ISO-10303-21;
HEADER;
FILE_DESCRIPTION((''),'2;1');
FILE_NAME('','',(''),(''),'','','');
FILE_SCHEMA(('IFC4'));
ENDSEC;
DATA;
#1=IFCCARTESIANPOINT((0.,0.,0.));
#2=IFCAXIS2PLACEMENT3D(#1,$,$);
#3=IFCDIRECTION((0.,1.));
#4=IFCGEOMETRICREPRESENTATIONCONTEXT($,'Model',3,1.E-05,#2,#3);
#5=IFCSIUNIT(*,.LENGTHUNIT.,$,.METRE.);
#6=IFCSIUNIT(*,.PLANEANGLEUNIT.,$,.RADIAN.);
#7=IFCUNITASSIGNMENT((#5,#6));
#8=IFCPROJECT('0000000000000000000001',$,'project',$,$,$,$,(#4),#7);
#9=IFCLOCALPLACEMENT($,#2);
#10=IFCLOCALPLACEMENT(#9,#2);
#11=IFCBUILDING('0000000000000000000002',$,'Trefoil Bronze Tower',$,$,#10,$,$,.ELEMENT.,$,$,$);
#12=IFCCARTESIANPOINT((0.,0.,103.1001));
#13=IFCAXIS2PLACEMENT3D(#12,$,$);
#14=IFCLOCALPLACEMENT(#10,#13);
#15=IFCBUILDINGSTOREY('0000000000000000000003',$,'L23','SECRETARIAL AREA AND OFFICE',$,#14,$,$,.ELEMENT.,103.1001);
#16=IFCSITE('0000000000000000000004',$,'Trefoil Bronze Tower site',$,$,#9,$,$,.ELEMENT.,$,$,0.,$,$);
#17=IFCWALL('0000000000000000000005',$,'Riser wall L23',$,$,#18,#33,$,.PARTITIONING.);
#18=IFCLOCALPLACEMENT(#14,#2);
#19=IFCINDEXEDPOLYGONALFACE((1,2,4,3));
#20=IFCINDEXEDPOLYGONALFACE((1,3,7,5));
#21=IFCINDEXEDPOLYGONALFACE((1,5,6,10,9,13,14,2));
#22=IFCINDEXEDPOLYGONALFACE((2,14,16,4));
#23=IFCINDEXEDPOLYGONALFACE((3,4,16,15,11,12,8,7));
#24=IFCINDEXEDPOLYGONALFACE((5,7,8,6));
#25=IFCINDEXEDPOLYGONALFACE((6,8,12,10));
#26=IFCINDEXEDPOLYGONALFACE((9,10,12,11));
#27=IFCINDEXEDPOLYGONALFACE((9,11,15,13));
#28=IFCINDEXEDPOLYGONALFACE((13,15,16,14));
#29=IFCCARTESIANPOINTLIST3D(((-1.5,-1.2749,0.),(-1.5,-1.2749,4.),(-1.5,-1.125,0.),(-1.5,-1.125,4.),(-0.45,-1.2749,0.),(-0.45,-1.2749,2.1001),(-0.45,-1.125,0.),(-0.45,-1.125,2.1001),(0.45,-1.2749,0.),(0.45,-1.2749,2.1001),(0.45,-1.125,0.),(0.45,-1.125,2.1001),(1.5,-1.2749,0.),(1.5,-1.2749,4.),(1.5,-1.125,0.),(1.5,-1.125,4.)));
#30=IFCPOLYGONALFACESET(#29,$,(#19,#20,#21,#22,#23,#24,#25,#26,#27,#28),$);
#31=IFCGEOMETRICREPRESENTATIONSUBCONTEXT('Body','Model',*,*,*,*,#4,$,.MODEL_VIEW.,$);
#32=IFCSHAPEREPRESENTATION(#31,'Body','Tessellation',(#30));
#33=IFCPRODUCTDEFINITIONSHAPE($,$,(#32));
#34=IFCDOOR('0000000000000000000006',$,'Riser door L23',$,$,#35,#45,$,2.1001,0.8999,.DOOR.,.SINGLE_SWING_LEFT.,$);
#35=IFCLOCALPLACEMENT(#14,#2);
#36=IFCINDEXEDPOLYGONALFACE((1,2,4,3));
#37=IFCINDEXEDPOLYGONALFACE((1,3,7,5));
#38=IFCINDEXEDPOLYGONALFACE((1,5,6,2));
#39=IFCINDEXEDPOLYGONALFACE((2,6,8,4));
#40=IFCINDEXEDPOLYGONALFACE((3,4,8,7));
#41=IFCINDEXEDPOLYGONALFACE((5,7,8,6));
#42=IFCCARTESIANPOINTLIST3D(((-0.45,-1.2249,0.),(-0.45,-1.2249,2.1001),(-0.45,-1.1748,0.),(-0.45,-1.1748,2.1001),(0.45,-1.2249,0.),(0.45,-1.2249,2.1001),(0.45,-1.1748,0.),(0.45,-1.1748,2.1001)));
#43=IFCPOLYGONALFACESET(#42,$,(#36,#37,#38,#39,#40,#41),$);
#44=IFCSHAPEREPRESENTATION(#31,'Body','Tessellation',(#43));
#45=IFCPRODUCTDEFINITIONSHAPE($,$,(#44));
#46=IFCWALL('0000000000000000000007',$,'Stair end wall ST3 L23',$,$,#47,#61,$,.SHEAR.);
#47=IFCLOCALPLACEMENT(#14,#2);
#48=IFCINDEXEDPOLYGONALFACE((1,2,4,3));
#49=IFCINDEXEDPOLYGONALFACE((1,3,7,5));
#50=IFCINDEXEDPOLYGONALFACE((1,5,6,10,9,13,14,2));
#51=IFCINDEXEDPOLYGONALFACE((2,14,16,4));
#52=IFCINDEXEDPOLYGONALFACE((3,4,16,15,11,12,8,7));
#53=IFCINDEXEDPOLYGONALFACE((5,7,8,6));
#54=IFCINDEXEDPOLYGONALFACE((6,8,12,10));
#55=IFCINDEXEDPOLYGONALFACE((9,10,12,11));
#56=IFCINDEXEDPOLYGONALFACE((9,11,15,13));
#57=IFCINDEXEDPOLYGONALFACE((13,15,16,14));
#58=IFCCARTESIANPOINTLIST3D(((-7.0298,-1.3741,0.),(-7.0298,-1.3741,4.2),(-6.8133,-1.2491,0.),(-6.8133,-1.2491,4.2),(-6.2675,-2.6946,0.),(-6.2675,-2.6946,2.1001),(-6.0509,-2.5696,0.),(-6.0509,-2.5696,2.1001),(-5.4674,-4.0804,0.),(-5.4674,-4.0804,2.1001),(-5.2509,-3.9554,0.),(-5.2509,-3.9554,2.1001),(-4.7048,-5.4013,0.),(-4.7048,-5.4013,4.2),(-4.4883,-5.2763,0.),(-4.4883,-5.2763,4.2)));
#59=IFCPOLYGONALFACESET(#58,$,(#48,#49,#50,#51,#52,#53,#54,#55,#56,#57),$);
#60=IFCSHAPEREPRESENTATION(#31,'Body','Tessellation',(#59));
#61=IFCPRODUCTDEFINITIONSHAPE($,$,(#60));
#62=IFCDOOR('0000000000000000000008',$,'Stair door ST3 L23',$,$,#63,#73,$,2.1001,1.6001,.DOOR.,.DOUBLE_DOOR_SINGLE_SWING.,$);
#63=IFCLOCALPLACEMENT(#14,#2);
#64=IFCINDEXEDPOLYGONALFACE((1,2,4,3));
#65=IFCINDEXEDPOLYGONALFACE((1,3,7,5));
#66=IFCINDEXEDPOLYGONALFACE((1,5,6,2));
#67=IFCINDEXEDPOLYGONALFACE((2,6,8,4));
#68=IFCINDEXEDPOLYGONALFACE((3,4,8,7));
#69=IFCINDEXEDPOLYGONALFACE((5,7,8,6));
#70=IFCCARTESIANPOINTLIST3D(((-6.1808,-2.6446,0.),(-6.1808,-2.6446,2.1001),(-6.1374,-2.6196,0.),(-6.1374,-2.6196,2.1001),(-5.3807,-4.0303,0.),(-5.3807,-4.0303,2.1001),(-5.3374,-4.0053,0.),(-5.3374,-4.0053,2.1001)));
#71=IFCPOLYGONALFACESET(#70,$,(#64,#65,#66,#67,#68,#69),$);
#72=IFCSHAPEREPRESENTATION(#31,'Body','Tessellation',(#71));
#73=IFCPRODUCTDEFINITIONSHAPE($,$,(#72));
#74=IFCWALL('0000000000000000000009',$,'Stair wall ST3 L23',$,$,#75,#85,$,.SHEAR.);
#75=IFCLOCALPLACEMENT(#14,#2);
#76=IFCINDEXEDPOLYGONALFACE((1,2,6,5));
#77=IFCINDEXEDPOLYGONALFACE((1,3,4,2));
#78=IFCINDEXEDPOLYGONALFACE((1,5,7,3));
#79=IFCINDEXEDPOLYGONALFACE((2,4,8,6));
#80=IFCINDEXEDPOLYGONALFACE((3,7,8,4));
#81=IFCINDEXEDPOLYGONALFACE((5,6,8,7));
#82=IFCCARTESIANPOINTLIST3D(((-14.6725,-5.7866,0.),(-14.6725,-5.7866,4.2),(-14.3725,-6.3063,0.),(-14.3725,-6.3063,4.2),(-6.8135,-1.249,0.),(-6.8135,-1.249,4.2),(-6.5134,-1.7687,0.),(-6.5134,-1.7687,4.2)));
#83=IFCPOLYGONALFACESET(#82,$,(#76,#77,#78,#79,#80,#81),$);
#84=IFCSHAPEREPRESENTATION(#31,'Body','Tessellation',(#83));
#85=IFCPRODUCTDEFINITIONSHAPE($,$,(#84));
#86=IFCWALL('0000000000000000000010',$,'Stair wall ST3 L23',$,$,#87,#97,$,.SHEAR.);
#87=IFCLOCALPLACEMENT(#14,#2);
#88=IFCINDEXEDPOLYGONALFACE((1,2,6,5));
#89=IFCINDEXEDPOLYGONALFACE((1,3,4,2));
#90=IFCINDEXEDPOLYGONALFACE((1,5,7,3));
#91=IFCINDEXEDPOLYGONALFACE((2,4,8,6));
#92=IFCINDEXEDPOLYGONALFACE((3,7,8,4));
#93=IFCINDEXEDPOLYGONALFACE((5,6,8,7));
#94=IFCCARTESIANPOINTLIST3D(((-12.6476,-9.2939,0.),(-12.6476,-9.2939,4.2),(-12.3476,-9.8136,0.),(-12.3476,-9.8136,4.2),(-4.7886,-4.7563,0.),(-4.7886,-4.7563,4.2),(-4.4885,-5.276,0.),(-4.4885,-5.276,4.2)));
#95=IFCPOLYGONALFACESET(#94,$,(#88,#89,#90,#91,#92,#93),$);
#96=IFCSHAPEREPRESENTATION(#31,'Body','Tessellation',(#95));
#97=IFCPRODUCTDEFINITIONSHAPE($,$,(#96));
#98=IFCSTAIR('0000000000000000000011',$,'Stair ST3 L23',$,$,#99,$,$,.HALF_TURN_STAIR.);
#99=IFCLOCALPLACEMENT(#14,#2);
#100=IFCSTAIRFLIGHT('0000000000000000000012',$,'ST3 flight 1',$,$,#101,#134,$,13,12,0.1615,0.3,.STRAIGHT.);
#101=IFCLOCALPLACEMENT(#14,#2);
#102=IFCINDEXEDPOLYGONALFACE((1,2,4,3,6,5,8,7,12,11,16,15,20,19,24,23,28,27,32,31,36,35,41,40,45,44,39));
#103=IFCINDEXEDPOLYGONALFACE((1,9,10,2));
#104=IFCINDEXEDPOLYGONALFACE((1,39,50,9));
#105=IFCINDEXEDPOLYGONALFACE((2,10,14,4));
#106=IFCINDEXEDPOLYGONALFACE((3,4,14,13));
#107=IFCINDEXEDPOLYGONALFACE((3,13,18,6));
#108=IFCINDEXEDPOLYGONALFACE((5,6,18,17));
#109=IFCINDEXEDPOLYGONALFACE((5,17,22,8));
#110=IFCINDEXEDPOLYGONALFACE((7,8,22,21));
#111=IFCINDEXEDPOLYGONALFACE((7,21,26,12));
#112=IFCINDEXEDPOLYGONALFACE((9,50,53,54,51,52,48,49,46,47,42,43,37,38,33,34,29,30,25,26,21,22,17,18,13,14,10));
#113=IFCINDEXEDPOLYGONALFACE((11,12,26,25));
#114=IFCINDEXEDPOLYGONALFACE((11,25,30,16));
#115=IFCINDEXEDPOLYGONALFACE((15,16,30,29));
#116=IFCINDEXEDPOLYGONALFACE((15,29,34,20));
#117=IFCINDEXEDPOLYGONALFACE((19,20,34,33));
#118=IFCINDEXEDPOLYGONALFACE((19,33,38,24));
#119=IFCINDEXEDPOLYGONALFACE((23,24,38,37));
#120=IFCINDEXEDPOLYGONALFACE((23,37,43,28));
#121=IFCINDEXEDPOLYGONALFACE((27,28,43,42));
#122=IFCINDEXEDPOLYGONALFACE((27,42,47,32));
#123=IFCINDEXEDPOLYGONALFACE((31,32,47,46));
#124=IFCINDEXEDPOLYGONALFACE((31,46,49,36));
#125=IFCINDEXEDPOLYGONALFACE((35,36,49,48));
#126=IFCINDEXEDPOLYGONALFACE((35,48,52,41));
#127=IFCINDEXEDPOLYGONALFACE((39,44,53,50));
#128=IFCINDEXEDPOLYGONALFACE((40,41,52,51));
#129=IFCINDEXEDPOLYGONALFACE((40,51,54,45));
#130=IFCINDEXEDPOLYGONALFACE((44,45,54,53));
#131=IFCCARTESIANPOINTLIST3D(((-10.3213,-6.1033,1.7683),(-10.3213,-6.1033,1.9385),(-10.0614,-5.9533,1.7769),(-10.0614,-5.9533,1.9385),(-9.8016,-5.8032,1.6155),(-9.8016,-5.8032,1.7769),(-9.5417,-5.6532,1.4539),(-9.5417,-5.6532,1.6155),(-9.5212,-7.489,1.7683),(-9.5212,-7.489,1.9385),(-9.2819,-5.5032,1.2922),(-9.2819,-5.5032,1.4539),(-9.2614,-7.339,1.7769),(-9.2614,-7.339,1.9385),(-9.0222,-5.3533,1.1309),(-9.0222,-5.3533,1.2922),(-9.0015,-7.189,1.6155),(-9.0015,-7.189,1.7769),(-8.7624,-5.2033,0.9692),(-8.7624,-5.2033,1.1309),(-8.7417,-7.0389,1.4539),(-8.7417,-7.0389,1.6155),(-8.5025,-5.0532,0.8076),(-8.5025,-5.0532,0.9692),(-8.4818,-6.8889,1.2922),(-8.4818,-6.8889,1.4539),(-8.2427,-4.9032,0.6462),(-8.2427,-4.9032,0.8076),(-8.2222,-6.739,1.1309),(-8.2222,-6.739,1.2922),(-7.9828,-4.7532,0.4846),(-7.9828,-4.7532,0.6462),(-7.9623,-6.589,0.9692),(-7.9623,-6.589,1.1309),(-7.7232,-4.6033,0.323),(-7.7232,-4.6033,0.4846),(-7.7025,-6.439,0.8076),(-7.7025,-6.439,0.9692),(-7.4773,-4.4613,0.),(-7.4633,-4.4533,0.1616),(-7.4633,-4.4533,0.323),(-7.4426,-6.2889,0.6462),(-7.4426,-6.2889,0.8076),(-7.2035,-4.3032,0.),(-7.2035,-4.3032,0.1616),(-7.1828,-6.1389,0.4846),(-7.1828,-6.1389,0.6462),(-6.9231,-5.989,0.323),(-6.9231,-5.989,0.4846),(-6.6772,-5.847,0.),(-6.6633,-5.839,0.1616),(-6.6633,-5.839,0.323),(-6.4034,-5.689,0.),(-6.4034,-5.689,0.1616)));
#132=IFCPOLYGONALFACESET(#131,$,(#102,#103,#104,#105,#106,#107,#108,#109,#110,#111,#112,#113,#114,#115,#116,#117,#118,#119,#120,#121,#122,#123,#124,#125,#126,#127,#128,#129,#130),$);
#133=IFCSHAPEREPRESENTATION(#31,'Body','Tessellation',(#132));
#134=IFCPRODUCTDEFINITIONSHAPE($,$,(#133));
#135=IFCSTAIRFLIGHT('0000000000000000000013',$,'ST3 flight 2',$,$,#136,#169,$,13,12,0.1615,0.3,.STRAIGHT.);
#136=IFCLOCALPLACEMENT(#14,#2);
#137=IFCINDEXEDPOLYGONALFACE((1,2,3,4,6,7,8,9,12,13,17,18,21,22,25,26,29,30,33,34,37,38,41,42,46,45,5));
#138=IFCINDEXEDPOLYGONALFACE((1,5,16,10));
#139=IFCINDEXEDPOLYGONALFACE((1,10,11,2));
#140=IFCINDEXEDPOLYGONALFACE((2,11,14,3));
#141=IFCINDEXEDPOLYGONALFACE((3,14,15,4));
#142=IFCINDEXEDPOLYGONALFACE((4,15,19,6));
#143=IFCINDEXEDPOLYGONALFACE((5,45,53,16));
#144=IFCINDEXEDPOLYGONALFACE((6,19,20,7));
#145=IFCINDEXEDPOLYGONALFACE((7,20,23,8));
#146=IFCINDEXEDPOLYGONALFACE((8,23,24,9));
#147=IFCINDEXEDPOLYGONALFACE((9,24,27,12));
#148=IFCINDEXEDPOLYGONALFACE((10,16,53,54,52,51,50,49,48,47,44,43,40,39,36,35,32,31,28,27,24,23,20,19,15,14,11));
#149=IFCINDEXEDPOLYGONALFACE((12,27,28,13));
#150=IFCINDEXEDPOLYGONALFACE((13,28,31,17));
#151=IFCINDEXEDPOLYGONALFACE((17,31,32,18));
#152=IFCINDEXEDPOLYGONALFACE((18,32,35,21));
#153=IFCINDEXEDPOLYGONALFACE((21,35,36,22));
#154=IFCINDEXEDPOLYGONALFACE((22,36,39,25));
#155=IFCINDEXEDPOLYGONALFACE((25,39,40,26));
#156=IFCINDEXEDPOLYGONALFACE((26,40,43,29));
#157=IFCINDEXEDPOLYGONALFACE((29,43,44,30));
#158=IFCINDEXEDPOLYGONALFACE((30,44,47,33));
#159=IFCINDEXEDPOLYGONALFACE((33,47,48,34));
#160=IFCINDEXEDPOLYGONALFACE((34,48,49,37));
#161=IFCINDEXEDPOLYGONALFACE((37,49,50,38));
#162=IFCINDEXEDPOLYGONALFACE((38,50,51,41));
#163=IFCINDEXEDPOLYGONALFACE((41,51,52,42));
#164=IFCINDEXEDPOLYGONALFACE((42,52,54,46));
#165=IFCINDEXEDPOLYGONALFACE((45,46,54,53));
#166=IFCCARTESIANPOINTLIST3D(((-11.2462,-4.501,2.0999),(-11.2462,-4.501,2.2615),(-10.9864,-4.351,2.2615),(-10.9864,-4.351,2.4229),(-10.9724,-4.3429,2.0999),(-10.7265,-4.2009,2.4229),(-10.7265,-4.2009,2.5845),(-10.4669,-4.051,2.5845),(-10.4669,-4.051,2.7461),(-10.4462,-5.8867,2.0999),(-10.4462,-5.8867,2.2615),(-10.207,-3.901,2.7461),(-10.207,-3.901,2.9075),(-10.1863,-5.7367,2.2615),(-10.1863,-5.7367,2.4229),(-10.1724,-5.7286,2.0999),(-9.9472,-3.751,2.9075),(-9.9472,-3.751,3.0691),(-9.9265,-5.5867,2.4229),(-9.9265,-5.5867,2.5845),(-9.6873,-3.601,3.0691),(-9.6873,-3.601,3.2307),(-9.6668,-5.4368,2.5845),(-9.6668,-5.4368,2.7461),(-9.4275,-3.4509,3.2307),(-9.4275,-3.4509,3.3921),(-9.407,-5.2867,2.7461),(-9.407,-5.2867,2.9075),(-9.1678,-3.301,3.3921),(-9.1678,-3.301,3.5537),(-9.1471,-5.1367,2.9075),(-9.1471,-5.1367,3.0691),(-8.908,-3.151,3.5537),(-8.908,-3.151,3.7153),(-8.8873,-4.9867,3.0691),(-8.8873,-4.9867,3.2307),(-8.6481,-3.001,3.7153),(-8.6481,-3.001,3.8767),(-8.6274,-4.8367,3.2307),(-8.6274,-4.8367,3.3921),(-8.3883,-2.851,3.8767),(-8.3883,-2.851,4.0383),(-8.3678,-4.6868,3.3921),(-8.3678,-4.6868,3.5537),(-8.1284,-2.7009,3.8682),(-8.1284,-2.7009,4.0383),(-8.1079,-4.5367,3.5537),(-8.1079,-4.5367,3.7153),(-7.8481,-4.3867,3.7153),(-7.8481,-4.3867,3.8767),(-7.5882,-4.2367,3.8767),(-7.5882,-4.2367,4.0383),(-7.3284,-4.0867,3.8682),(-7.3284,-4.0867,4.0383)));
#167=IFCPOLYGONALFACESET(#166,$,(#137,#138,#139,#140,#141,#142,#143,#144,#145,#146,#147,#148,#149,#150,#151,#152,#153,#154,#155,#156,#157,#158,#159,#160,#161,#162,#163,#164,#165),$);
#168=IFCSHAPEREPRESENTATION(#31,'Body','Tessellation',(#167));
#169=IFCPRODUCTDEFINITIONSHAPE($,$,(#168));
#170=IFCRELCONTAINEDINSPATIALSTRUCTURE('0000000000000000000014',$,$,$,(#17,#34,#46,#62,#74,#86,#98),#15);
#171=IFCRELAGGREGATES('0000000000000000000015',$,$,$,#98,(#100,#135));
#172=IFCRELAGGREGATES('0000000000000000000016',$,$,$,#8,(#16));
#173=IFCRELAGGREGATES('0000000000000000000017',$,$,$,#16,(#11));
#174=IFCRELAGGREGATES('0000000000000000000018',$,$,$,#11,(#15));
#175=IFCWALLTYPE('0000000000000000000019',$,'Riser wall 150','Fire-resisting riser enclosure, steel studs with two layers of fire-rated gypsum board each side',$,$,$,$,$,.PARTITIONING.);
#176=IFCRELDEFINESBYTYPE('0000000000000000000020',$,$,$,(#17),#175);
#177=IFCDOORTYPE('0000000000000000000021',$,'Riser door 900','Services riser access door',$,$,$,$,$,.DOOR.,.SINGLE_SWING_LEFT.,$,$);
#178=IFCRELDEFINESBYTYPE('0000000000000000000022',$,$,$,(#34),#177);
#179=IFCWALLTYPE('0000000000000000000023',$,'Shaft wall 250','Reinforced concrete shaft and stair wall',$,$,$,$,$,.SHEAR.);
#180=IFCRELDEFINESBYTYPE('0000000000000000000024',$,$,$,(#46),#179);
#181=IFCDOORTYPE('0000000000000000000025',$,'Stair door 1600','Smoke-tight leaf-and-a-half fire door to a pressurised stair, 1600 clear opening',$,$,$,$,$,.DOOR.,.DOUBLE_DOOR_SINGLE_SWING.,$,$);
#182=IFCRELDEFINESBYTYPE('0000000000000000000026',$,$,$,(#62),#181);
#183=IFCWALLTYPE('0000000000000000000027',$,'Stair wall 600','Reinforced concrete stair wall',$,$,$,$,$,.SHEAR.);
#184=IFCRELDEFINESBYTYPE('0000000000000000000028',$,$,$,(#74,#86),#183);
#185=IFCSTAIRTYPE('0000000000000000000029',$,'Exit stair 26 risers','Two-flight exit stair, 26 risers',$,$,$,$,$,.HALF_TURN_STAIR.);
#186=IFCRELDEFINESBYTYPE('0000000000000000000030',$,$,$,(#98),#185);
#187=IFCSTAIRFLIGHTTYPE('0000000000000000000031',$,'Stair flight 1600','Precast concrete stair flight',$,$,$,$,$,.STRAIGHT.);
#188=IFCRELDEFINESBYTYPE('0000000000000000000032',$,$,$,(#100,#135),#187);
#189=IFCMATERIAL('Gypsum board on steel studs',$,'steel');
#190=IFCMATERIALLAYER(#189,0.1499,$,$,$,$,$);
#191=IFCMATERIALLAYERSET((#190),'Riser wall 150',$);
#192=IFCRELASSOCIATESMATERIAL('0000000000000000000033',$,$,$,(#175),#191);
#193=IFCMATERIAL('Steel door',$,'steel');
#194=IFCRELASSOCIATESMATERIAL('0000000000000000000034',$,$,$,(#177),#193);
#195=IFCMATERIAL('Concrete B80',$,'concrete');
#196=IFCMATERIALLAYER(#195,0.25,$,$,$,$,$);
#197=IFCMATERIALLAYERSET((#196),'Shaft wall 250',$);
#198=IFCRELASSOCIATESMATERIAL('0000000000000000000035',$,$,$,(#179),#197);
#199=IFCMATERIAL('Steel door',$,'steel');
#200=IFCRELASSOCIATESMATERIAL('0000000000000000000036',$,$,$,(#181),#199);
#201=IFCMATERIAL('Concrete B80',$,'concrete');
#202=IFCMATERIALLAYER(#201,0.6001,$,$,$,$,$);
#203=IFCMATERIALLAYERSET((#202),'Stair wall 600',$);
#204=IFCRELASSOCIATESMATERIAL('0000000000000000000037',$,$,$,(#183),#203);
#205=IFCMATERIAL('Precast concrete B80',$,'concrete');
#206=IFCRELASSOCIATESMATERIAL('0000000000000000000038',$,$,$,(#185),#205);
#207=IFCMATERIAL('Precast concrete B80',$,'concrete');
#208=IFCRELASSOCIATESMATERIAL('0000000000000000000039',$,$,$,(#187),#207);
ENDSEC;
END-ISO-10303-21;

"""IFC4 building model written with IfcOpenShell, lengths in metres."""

from ifc_helpers import new_model, si_unit, direction, frame, frame_2d, origin, place, context, subcontext, project, spatial, polyline, rectangle, outline, extrude, material, layer, layer_set, type_object, element, fill, aggregate, save


model = new_model("IFC4")

# Units and contexts
model_context = context("Model", 3, precision=1e-05, world=origin(), true_north=direction((0.0, 1.0)))
body_context = subcontext(model_context, "Body", "Model", "MODEL_VIEW")
ifc_project = project(units=[si_unit("LENGTHUNIT", "METRE"), si_unit("PLANEANGLEUNIT", "RADIAN")], contexts=[model_context])

# Site, building, storey
site_placement = place(None, origin())
site = spatial("IfcSite", under=ifc_project, at=site_placement, Name="Trefoil Bronze Tower site", CompositionType="ELEMENT", RefElevation=0.0)
building_placement = place(site_placement, origin())
building = spatial("IfcBuilding", under=site, at=building_placement, Name="Trefoil Bronze Tower", CompositionType="ELEMENT")
storey_placement = place(building_placement, frame((0.0, 0.0, 103.1001)))
storey = spatial("IfcBuildingStorey", under=building, at=storey_placement, Name="L23", Description="SECRETARIAL AREA AND OFFICE", CompositionType="ELEMENT", Elevation=103.1001)

# Walls, openings, doors
ifc_material_1 = material(Name="Gypsum board on steel studs", Category="steel")
ifc_layer_1 = layer(ifc_material_1, 0.1499)
ifc_layer_set_1 = layer_set([ifc_layer_1], Name="Riser wall 150")
wall_type_1 = type_object("IfcWallType", Name="Riser wall 150", Description="Fire-resisting riser enclosure, steel studs with two layers of fire-rated gypsum board each side", PredefinedType="PARTITIONING", material=ifc_layer_set_1)
wall_1_placement = place(storey_placement, frame((-1.5, -1.2, 0.0), z_axis=(0.0, 0.0, 1.0), x_axis=(1.0, 0.0, 0.0)))
wall_1 = element("IfcWall", 1, at=wall_1_placement, inside=storey, type_object=wall_type_1, Name="Riser wall L23", PredefinedType="PARTITIONING", context=body_context, shape_type="SweptSolid", body=[
    extrude(rectangle(XDim=3.0, YDim=0.1499, at=frame_2d((1.5, 0.0))), origin(), (0.0, 0.0, 1.0), 4.0),
])
opening_1_placement = place(wall_1_placement, frame((1.05, 0.0, 0.0)))
opening_1 = element("IfcOpeningElement", 2, at=opening_1_placement, cuts=wall_1, PredefinedType="OPENING", context=body_context, shape_type="SweptSolid", body=[
    extrude(rectangle(XDim=0.8999, YDim=2.1001, at=frame_2d((0.45, 1.05))), frame((0.0, 0.085, 0.0), z_axis=(0.0, -1.0, 0.0), x_axis=(1.0, 0.0, 0.0)), (0.0, 0.0, 1.0), 0.1699),
])
ifc_material_2 = material(Name="Steel door", Category="steel")
door_type_1 = type_object("IfcDoorType", Name="Riser door 900", Description="Services riser access door", OperationType="SINGLE_SWING_LEFT", PredefinedType="DOOR", material=ifc_material_2)
door_1_placement = place(opening_1_placement, frame((0.8999, 0.0, 0.0), z_axis=(0.0, 0.0, 1.0), x_axis=(-1.0, 0.0, 0.0)))
door_1 = element("IfcDoor", 3, at=door_1_placement, inside=storey, type_object=door_type_1, Name="Riser door L23", OperationType="SINGLE_SWING_LEFT", OverallHeight=2.1001, OverallWidth=0.8999, PredefinedType="DOOR", context=body_context, shape_type="SweptSolid", body=[
    extrude(rectangle(XDim=0.8999, YDim=2.1001, at=frame_2d((0.45, 1.05))), frame((0.0, 0.0249, 0.0), z_axis=(0.0, -1.0, 0.0), x_axis=(1.0, 0.0, 0.0)), (0.0, 0.0, 1.0), 0.05),
])
fill(opening_1, door_1)
ifc_material_3 = material(Name="Concrete B80", Category="concrete")
ifc_layer_2 = layer(ifc_material_3, 0.25)
ifc_layer_set_2 = layer_set([ifc_layer_2], Name="Shaft wall 250")
wall_type_2 = type_object("IfcWallType", Name="Shaft wall 250", Description="Reinforced concrete shaft and stair wall", PredefinedType="SHEAR", material=ifc_layer_set_2)
wall_2_placement = place(storey_placement, frame((-6.9216, -1.3115, 0.0), z_axis=(0.0, 0.0, 1.0), x_axis=(0.499985, -0.866034, 0.0)))
wall_2 = element("IfcWall", 4, at=wall_2_placement, inside=storey, type_object=wall_type_2, Name="Stair end wall ST3 L23", PredefinedType="SHEAR", context=body_context, shape_type="SweptSolid", body=[
    extrude(rectangle(XDim=4.6501, YDim=0.25, at=frame_2d((2.3252, 0.0))), origin(), (0.0, 0.0, 1.0), 4.2),
])
opening_2_placement = place(wall_2_placement, frame((1.5249, 0.0, 0.0)))
opening_2 = element("IfcOpeningElement", 5, at=opening_2_placement, cuts=wall_2, PredefinedType="OPENING", context=body_context, shape_type="SweptSolid", body=[
    extrude(rectangle(XDim=1.6001, YDim=2.1001, at=frame_2d((0.8, 1.05))), frame((0.0, 0.135, 0.0), z_axis=(0.0, -1.0, 0.0), x_axis=(1.0, 0.0, 0.0)), (0.0, 0.0, 1.0), 0.27),
])
ifc_material_4 = material(Name="Steel door", Category="steel")
door_type_2 = type_object("IfcDoorType", Name="Stair door 1600", Description="Smoke-tight leaf-and-a-half fire door to a pressurised stair, 1600 clear opening", OperationType="DOUBLE_DOOR_SINGLE_SWING", PredefinedType="DOOR", material=ifc_material_4)
door_2_placement = place(opening_2_placement, frame((1.6001, 0.0, 0.0), z_axis=(0.0, 0.0, 1.0), x_axis=(-1.0, 0.0, 0.0)))
door_2 = element("IfcDoor", 6, at=door_2_placement, inside=storey, type_object=door_type_2, Name="Stair door ST3 L23", OperationType="DOUBLE_DOOR_SINGLE_SWING", OverallHeight=2.1001, OverallWidth=1.6001, PredefinedType="DOOR", context=body_context, shape_type="SweptSolid", body=[
    extrude(rectangle(XDim=1.6001, YDim=2.1001, at=frame_2d((0.8, 1.05))), frame((0.0, 0.0249, 0.0), z_axis=(0.0, -1.0, 0.0), x_axis=(1.0, 0.0, 0.0)), (0.0, 0.0, 1.0), 0.05),
])
fill(opening_2, door_2)

# Walls
ifc_material_5 = material(Name="Concrete B80", Category="concrete")
ifc_layer_3 = layer(ifc_material_5, 0.6001)
ifc_layer_set_3 = layer_set([ifc_layer_3], Name="Stair wall 600")
wall_type_3 = type_object("IfcWallType", Name="Stair wall 600", Description="Reinforced concrete stair wall", PredefinedType="SHEAR", material=ifc_layer_set_3)
for number, where, z_axis, x_axis, name in (
    (7, (-6.6633, -1.5088, 0.0), (0.0, 0.0, 1.0), (-0.866019, -0.50001, 0.0), "Stair wall ST3 L23"),
    (8, (-4.6384, -5.0161, 0.0), (0.0, 0.0, 1.0), (-0.866019, -0.50001, 0.0), "Stair wall ST3 L23"),
):
    element("IfcWall", number, at=place(storey_placement, frame(where, z_axis=z_axis, x_axis=x_axis)), inside=storey, type_object=wall_type_3, Name=name, PredefinedType="SHEAR", context=body_context, shape_type="SweptSolid", body=[
        extrude(rectangle(XDim=9.075, YDim=0.6001, at=frame_2d((4.5376, 0.0))), origin(), (0.0, 0.0, 1.0), 4.2),
    ])

# Stair, stair flights
ifc_material_6 = material(Name="Precast concrete B80", Category="concrete")
stair_type = type_object("IfcStairType", Name="Exit stair 26 risers", Description="Two-flight exit stair, 26 risers", PredefinedType="HALF_TURN_STAIR", material=ifc_material_6)
stair_placement = place(storey_placement, origin())
stair = element("IfcStair", 9, at=stair_placement, inside=storey, type_object=stair_type, Name="Stair ST3 L23", PredefinedType="HALF_TURN_STAIR")
ifc_material_7 = material(Name="Precast concrete B80", Category="concrete")
stair_flight_type = type_object("IfcStairFlightType", Name="Stair flight 1600", Description="Precast concrete stair flight", PredefinedType="STRAIGHT", material=ifc_material_7)
stair_flight_1_placement = place(storey_placement, frame((-6.8035, -4.9961, 0.0), z_axis=(0.0, 0.0, 1.0), x_axis=(-0.866025, -0.5, 0.0)))
stair_flight_1 = element("IfcStairFlight", 10, at=stair_flight_1_placement, type_object=stair_flight_type, Name="ST3 flight 1", NumberOfRisers=13, NumberOfTreads=12, PredefinedType="STRAIGHT", RiserHeight=0.1615, TreadLength=0.3, context=body_context, shape_type="SweptSolid", body=[
    extrude(outline(polyline([(0.0, 0.0), (0.0, 0.1616), (0.3, 0.1616), (0.3, 0.323), (0.6001, 0.323), (0.6001, 0.4846), (0.8999, 0.4846), (0.8999, 0.6462), (1.2, 0.6462), (1.2, 0.8076), (1.5, 0.8076), (1.5, 0.9692), (1.8, 0.9692), (1.8, 1.1309), (2.1001, 1.1309), (2.1001, 1.2922), (2.3999, 1.2922), (2.3999, 1.4539), (2.7, 1.4539), (2.7, 1.6155), (3.0, 1.6155), (3.0, 1.7769), (3.3, 1.7769), (3.3, 1.9385), (3.6001, 1.9385), (3.6001, 2.1001), (3.6001, 1.7683), (0.3162, 0.0), (0.0, 0.0)])), frame((0.0, 0.8, 0.0), z_axis=(0.0, -1.0, 0.0), x_axis=(1.0, 0.0, 0.0)), (0.0, 0.0, 1.0), 1.6001),
])
stair_flight_2_placement = place(storey_placement, frame((-10.8462, -5.1938, 2.0999), z_axis=(0.0, 0.0, 1.0), x_axis=(0.866025, 0.5, 0.0)))
stair_flight_2 = element("IfcStairFlight", 11, at=stair_flight_2_placement, type_object=stair_flight_type, Name="ST3 flight 2", NumberOfRisers=13, NumberOfTreads=12, PredefinedType="STRAIGHT", RiserHeight=0.1615, TreadLength=0.3, context=body_context, shape_type="SweptSolid", body=[
    extrude(outline(polyline([(0.0, 0.0), (0.0, 0.1616), (0.3, 0.1616), (0.3, 0.323), (0.6001, 0.323), (0.6001, 0.4846), (0.8999, 0.4846), (0.8999, 0.6462), (1.2, 0.6462), (1.2, 0.8076), (1.5, 0.8076), (1.5, 0.9692), (1.8, 0.9692), (1.8, 1.1309), (2.1001, 1.1309), (2.1001, 1.2922), (2.3999, 1.2922), (2.3999, 1.4539), (2.7, 1.4539), (2.7, 1.6155), (3.0, 1.6155), (3.0, 1.7769), (3.3, 1.7769), (3.3, 1.9385), (3.6001, 1.9385), (3.6001, 2.1001), (3.6001, 1.7683), (0.3162, 0.0), (0.0, 0.0)])), frame((0.0, 0.8, 0.0), z_axis=(0.0, -1.0, 0.0), x_axis=(1.0, 0.0, 0.0)), (0.0, 0.0, 1.0), 1.6001),
])
aggregate(stair, [stair_flight_1, stair_flight_2])

save(model, "model.ifc")
